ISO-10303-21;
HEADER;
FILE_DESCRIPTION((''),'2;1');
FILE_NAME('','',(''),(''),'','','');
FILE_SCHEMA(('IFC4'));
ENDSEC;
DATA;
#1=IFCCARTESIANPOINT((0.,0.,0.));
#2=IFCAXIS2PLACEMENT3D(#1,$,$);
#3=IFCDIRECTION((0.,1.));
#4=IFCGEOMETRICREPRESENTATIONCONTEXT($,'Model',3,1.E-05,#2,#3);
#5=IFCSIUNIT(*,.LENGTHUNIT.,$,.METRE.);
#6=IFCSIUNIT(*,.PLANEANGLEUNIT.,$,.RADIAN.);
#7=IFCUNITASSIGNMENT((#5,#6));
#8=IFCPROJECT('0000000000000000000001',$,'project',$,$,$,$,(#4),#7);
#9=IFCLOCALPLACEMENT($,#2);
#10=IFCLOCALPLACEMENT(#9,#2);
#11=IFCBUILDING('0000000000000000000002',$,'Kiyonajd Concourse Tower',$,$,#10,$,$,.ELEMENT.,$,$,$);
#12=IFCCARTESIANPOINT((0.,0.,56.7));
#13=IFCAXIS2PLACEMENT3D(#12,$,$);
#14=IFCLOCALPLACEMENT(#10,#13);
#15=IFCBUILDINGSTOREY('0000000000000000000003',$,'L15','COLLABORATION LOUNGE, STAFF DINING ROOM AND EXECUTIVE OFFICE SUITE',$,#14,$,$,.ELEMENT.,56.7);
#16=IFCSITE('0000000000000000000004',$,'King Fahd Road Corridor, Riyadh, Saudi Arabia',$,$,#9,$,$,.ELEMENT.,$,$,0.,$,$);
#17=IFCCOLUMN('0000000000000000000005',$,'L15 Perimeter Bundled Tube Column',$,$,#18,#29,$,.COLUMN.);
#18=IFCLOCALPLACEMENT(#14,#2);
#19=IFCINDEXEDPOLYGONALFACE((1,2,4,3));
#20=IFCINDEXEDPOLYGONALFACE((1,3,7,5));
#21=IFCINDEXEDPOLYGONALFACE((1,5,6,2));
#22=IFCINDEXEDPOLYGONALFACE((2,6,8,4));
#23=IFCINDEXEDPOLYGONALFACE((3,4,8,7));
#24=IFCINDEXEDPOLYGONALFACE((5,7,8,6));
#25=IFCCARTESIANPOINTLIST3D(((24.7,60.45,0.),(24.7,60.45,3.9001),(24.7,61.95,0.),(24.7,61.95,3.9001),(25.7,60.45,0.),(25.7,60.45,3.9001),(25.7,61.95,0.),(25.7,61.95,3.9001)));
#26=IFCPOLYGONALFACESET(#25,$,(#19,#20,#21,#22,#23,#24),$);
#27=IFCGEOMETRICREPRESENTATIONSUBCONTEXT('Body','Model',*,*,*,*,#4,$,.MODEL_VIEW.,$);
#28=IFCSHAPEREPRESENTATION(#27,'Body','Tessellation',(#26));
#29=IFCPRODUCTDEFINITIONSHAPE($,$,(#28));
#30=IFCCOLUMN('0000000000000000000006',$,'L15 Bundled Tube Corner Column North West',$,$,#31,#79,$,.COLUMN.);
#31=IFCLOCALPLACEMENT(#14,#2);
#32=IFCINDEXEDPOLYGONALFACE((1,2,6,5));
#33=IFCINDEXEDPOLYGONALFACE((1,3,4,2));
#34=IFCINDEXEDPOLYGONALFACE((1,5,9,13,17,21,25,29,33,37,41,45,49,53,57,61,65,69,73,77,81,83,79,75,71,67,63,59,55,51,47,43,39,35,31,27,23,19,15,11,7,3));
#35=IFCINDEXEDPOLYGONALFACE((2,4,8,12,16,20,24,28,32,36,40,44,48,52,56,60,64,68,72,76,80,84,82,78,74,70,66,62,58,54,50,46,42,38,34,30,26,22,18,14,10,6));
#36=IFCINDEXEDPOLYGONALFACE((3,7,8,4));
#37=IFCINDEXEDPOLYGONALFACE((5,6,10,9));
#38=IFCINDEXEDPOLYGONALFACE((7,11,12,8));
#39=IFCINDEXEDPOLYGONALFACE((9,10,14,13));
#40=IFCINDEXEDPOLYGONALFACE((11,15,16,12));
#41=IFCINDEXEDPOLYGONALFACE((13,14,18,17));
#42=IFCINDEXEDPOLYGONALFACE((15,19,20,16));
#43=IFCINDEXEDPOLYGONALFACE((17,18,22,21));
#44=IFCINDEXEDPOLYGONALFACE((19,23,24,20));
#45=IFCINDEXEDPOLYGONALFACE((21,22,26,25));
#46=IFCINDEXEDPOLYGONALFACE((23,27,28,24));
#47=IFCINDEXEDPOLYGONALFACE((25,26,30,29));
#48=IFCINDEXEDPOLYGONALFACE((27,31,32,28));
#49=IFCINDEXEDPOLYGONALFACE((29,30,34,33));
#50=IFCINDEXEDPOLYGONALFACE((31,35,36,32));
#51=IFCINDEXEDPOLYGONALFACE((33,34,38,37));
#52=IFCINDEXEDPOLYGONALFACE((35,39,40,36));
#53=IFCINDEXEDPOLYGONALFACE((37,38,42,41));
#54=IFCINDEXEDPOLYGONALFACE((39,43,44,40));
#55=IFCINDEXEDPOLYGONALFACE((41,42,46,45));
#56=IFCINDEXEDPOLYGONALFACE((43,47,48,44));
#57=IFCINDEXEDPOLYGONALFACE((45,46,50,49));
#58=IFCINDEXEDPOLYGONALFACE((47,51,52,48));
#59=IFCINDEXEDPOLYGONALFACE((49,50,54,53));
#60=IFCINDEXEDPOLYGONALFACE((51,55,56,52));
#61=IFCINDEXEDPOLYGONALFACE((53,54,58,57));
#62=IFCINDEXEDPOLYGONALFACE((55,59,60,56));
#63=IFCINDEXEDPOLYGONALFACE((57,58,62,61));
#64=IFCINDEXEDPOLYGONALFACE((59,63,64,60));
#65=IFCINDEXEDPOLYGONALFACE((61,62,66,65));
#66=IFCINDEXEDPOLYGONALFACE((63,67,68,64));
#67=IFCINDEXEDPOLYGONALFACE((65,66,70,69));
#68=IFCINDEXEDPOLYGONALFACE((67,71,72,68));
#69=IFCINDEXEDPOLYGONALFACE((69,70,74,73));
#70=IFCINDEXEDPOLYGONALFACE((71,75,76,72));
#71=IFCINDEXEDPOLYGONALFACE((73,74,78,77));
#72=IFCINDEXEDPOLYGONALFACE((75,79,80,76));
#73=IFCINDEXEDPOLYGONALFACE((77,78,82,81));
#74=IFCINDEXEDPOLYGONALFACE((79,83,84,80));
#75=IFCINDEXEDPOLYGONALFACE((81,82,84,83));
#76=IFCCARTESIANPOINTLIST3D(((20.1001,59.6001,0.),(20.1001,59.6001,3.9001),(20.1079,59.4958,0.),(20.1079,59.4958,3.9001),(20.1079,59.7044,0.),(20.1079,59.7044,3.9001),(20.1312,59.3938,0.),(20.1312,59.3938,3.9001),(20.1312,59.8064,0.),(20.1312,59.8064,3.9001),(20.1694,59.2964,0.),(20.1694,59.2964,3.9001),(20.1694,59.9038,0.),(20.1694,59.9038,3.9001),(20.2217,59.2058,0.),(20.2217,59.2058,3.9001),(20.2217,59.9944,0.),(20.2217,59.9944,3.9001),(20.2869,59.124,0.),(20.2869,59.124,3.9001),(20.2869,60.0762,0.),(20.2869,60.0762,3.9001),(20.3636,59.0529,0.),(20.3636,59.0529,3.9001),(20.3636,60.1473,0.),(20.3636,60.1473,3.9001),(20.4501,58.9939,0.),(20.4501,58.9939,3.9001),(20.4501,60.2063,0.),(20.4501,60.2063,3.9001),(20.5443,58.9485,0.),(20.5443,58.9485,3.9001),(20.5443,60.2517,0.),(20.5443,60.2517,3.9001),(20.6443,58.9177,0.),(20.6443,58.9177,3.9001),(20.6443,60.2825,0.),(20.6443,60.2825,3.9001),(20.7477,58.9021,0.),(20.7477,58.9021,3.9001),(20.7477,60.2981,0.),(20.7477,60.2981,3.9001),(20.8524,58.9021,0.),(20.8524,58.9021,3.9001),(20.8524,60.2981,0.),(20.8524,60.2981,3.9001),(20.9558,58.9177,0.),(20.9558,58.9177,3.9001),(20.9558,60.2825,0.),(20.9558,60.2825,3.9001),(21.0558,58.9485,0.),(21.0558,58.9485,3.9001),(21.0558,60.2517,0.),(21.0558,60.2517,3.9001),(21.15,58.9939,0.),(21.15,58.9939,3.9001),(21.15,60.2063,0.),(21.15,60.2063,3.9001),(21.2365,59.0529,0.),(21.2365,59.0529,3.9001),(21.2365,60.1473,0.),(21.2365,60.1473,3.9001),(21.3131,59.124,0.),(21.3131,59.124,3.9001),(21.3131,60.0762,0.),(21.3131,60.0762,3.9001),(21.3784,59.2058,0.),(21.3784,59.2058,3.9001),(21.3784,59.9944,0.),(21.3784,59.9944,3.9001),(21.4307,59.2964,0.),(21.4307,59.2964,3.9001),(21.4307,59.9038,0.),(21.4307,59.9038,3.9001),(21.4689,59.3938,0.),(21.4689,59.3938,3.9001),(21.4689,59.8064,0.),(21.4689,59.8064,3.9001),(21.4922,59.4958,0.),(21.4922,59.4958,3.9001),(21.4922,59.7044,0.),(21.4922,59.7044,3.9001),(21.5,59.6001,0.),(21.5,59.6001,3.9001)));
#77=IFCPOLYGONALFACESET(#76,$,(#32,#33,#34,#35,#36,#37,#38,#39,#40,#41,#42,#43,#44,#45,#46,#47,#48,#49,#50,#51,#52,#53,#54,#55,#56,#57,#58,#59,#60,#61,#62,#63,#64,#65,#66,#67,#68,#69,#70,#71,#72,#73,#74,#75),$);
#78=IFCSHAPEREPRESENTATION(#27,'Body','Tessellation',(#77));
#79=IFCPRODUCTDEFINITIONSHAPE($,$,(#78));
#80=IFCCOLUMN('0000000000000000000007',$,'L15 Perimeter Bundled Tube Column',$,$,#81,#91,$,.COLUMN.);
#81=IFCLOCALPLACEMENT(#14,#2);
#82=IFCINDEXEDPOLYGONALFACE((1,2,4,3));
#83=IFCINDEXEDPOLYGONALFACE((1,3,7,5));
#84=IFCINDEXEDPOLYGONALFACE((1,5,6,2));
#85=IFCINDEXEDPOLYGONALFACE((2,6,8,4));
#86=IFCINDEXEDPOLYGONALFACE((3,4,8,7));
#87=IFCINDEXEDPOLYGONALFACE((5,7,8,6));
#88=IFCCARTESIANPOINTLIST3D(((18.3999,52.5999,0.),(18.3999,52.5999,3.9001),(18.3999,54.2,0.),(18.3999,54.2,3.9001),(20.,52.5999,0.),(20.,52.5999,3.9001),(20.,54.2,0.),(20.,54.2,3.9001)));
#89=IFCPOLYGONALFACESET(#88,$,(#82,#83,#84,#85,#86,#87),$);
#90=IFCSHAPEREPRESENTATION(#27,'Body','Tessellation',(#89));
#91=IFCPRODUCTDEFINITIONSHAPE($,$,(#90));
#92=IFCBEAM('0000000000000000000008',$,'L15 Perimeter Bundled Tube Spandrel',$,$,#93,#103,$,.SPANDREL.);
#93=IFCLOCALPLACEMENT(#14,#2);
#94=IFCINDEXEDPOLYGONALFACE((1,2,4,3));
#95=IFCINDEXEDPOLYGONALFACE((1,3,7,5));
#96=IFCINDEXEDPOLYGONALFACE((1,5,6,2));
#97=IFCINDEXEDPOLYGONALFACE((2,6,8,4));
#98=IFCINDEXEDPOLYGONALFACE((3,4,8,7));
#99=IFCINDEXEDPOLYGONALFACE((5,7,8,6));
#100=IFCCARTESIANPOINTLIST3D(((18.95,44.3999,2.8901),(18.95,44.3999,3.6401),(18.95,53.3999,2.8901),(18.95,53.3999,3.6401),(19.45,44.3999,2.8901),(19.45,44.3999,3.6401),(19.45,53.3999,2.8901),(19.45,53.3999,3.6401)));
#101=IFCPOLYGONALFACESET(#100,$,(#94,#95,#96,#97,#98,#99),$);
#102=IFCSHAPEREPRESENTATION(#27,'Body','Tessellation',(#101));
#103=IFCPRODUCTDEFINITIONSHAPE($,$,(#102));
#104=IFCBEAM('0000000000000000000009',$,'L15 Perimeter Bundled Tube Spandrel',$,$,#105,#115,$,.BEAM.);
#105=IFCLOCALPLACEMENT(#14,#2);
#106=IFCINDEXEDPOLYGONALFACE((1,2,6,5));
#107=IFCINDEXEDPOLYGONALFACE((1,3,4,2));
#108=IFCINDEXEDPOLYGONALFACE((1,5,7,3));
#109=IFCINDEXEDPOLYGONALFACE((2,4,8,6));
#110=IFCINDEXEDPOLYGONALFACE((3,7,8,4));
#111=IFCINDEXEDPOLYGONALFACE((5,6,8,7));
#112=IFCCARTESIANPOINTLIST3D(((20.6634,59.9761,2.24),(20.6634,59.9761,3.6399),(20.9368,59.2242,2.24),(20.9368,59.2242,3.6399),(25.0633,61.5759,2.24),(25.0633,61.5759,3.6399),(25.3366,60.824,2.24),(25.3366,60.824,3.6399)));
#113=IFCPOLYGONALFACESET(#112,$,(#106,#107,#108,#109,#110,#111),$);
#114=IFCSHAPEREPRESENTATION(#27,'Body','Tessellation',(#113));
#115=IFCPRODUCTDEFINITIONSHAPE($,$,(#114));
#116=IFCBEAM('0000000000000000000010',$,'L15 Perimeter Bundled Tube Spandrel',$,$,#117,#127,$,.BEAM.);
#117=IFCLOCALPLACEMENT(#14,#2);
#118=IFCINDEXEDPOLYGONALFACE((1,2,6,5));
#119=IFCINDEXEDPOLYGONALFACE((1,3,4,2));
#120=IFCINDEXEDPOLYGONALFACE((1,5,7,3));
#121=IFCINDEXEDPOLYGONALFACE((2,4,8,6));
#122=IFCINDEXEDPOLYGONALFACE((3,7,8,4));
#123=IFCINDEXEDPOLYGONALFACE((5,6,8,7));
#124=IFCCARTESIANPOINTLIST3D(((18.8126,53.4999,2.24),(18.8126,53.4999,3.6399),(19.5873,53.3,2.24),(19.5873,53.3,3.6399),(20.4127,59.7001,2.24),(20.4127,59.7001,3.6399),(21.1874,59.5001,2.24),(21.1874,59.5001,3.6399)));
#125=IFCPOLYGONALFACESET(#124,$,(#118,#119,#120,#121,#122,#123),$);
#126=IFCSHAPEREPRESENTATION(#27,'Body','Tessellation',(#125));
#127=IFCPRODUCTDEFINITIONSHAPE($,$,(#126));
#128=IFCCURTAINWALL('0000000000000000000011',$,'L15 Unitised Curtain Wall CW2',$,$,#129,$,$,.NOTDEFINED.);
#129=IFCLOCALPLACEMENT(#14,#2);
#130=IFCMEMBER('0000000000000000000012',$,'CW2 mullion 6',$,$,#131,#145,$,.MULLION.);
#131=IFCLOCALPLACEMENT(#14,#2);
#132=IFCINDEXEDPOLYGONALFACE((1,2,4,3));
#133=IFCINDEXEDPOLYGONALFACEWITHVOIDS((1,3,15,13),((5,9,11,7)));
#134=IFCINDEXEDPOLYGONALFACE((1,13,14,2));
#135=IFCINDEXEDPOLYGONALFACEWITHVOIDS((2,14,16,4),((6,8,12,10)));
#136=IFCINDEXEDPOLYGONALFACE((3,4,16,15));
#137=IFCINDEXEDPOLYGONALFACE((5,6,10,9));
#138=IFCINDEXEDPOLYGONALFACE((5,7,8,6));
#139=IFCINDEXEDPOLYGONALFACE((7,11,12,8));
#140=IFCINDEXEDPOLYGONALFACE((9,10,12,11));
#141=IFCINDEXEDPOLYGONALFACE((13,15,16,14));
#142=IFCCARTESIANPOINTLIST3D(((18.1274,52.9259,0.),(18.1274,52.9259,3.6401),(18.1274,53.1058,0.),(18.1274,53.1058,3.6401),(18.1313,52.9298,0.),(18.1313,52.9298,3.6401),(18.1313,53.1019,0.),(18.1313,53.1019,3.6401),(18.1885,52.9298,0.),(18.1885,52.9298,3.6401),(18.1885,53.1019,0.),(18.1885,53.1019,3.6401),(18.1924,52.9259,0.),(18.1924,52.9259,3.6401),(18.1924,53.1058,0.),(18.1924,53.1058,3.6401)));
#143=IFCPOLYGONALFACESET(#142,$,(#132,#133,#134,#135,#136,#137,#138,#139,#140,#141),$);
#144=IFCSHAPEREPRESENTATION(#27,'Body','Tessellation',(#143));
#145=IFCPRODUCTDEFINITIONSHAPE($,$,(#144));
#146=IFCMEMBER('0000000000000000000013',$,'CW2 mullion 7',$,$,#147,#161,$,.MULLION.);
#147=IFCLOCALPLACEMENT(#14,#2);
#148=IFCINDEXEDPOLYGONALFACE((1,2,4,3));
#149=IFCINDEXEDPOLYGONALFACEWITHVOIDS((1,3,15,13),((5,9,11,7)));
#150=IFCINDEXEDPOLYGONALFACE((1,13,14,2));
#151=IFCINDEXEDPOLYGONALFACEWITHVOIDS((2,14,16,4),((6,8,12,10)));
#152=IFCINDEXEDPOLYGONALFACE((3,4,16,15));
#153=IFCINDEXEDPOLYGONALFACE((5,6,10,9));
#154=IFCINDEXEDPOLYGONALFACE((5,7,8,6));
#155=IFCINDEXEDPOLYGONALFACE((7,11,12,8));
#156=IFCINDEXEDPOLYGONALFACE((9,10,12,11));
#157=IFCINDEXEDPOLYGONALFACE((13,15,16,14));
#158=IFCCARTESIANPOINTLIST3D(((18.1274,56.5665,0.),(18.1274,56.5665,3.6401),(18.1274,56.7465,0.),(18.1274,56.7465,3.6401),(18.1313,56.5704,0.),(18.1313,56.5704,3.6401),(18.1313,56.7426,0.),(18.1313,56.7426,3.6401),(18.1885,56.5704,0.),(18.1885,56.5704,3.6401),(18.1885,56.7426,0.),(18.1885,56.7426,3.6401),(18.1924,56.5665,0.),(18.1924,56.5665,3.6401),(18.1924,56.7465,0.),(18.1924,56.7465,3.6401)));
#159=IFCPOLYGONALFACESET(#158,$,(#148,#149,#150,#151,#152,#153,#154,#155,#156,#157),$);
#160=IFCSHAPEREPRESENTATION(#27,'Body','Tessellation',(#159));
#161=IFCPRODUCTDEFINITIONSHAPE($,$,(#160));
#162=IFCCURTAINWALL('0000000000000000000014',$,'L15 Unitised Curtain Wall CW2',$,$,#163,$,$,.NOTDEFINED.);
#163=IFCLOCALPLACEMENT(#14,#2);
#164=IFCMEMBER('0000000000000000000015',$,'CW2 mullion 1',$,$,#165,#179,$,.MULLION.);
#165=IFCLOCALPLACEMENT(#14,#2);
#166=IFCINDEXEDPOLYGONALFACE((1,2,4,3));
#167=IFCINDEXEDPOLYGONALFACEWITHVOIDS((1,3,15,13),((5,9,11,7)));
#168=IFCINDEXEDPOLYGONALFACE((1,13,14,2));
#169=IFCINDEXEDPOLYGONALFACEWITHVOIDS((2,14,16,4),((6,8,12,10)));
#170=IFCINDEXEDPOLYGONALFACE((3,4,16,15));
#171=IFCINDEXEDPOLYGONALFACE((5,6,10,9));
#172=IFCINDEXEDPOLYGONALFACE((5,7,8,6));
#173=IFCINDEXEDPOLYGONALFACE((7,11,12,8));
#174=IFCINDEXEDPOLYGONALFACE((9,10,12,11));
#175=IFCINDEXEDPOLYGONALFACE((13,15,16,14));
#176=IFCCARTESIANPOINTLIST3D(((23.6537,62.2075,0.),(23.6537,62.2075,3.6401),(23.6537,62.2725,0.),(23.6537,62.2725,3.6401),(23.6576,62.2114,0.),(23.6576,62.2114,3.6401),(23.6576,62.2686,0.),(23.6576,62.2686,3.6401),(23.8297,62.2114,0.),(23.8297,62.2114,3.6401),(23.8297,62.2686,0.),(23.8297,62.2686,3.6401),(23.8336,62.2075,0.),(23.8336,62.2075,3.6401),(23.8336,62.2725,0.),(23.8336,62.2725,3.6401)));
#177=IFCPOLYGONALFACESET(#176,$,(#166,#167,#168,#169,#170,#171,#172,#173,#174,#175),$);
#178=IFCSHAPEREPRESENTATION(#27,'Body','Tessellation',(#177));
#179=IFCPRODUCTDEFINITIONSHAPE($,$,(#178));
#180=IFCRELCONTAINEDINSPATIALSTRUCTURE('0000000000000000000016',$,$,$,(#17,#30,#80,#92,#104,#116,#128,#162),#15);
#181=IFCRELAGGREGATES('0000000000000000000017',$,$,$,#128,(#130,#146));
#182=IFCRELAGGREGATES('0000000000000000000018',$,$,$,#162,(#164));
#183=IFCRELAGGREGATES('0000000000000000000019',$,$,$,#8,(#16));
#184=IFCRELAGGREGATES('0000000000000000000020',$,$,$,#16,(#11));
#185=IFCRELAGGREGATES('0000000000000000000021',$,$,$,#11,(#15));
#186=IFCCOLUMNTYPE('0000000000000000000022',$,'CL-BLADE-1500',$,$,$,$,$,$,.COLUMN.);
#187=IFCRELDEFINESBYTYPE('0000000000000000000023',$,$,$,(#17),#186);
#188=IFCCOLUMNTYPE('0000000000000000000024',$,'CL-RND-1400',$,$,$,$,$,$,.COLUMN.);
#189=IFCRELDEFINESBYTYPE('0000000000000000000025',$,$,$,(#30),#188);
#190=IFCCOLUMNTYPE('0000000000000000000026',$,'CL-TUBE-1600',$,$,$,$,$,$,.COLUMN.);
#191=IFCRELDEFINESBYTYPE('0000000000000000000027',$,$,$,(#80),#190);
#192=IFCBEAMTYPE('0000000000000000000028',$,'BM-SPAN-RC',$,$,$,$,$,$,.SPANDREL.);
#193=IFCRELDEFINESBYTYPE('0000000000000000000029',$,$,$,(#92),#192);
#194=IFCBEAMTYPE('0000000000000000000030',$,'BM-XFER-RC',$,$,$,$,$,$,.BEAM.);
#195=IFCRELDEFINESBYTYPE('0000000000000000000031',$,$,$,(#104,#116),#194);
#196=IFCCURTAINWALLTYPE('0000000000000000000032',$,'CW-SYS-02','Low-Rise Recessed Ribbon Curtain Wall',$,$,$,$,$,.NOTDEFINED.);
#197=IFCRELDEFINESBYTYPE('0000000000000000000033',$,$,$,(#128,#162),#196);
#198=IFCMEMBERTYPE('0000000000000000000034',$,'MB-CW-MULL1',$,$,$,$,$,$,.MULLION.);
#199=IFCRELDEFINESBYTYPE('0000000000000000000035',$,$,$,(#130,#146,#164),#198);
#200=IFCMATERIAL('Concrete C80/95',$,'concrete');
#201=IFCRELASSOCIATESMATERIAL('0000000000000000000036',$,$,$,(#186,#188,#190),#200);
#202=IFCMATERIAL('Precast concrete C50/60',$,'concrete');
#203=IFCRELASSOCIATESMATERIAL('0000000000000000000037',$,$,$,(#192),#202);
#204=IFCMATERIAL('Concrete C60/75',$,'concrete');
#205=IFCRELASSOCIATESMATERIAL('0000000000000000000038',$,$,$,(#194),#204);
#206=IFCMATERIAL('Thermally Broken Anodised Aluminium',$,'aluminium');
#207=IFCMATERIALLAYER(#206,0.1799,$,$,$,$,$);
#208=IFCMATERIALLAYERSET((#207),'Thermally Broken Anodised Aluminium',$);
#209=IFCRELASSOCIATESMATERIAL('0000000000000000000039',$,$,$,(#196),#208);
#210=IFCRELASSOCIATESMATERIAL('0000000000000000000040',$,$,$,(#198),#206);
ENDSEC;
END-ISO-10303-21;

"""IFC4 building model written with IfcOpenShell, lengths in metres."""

from ifc_helpers import new_model, si_unit, direction, frame, origin, origin_2d, place, context, subcontext, project, spatial, rectangle, hollow_rectangle, circle, extrude, material, layer, layer_set, material_profile, profile_set, type_object, element, aggregate, save


model = new_model("IFC4")

# Units and contexts
model_context = context("Model", 3, precision=1e-05, world=origin(), true_north=direction((0.0, 1.0)))
body_context = subcontext(model_context, "Body", "Model", "MODEL_VIEW")
ifc_project = project(units=[si_unit("LENGTHUNIT", "METRE"), si_unit("PLANEANGLEUNIT", "RADIAN")], contexts=[model_context])

# Site, building, storey
site_placement = place(None, origin())
site = spatial("IfcSite", under=ifc_project, at=site_placement, Name="King Fahd Road Corridor, Riyadh, Saudi Arabia", CompositionType="ELEMENT", RefElevation=0.0)
building_placement = place(site_placement, origin())
building = spatial("IfcBuilding", under=site, at=building_placement, Name="Kiyonajd Concourse Tower", CompositionType="ELEMENT")
storey_placement = place(building_placement, frame((0.0, 0.0, 56.7)))
storey = spatial("IfcBuildingStorey", under=building, at=storey_placement, Name="L15", Description="COLLABORATION LOUNGE, STAFF DINING ROOM AND EXECUTIVE OFFICE SUITE", CompositionType="ELEMENT", Elevation=56.7)

# Columns
ifc_material_1 = material(Name="Concrete C80/95", Category="concrete")
ifc_material_profile_1 = material_profile(ifc_material_1, rectangle(XDim=1.0, YDim=1.5, at=origin_2d()), Name="RC-1500x1000")
ifc_profile_set_1 = profile_set([ifc_material_profile_1], Name="Concrete C80/95")
column_type_1 = type_object("IfcColumnType", Name="CL-BLADE-1500", PredefinedType="COLUMN", material=ifc_profile_set_1)
column_1_placement = place(storey_placement, frame((25.2, 61.2, 0.0), z_axis=(0.0, 0.0, 1.0), x_axis=(1.0, 0.0, 0.0)))
element("IfcColumn", 1, at=column_1_placement, inside=storey, type_object=column_type_1, Name="L15 Perimeter Bundled Tube Column", PredefinedType="COLUMN", context=body_context, shape_type="SweptSolid", body=[
    extrude(rectangle(XDim=1.0, YDim=1.5, at=origin_2d()), origin(), (0.0, 0.0, 1.0), 3.9001),
])
ifc_material_profile_2 = material_profile(ifc_material_1, circle(Radius=0.7, at=origin_2d()), Name="RCC-D1400")
ifc_profile_set_2 = profile_set([ifc_material_profile_2], Name="Concrete C80/95")
column_type_2 = type_object("IfcColumnType", Name="CL-RND-1400", PredefinedType="COLUMN", material=ifc_profile_set_2)
column_2_placement = place(storey_placement, frame((20.8, 59.6001, 0.0), z_axis=(0.0, 0.0, 1.0), x_axis=(1.0, 0.0, 0.0)))
element("IfcColumn", 2, at=column_2_placement, inside=storey, type_object=column_type_2, Name="L15 Bundled Tube Corner Column North West", PredefinedType="COLUMN", context=body_context, shape_type="SweptSolid", body=[
    extrude(circle(Radius=0.7, at=origin_2d()), origin(), (0.0, 0.0, 1.0), 3.9001),
])
ifc_material_profile_3 = material_profile(ifc_material_1, rectangle(XDim=1.6001, YDim=1.6001, at=origin_2d()), Name="RC-1600x1600")
ifc_profile_set_3 = profile_set([ifc_material_profile_3], Name="Concrete C80/95")
column_type_3 = type_object("IfcColumnType", Name="CL-TUBE-1600", PredefinedType="COLUMN", material=ifc_profile_set_3)
column_3_placement = place(storey_placement, frame((19.2, 53.3999, 0.0), z_axis=(0.0, 0.0, 1.0), x_axis=(1.0, 0.0, 0.0)))
element("IfcColumn", 3, at=column_3_placement, inside=storey, type_object=column_type_3, Name="L15 Perimeter Bundled Tube Column", PredefinedType="COLUMN", context=body_context, shape_type="SweptSolid", body=[
    extrude(rectangle(XDim=1.6001, YDim=1.6001, at=origin_2d()), origin(), (0.0, 0.0, 1.0), 3.9001),
])

# Beams
ifc_material_2 = material(Name="Precast concrete C50/60", Category="concrete")
ifc_material_profile_4 = material_profile(ifc_material_2, rectangle(XDim=0.5, YDim=0.75, at=origin_2d()), Name="RCBM-500x750")
ifc_profile_set_4 = profile_set([ifc_material_profile_4], Name="Precast concrete C50/60")
beam_type_1 = type_object("IfcBeamType", Name="BM-SPAN-RC", PredefinedType="SPANDREL", material=ifc_profile_set_4)
beam_1_placement = place(storey_placement, frame((19.2, 53.3999, 3.2651), z_axis=(0.0, -1.0, 0.0), x_axis=(1.0, 0.0, 0.0)))
element("IfcBeam", 4, at=beam_1_placement, inside=storey, type_object=beam_type_1, Name="L15 Perimeter Bundled Tube Spandrel", PredefinedType="SPANDREL", context=body_context, shape_type="SweptSolid", body=[
    extrude(rectangle(XDim=0.5, YDim=0.75, at=origin_2d()), origin(), (0.0, 0.0, 1.0), 9.0),
])
ifc_material_3 = material(Name="Concrete C60/75", Category="concrete")
ifc_material_profile_5 = material_profile(ifc_material_3, rectangle(XDim=0.8, YDim=1.3999, at=origin_2d()), Name="RCBM-800x1400")
ifc_profile_set_5 = profile_set([ifc_material_profile_5], Name="Concrete C60/75")
beam_type_2 = type_object("IfcBeamType", Name="BM-XFER-RC", PredefinedType="BEAM", material=ifc_profile_set_5)
beam_2_placement = place(storey_placement, frame((25.2, 61.2, 2.9399), z_axis=(-0.939801, -0.341722, 0.0), x_axis=(0.341722, -0.939801, 0.0)))
element("IfcBeam", 5, at=beam_2_placement, inside=storey, type_object=beam_type_2, Name="L15 Perimeter Bundled Tube Spandrel", PredefinedType="BEAM", context=body_context, shape_type="SweptSolid", body=[
    extrude(rectangle(XDim=0.8, YDim=1.3999, at=origin_2d()), origin(), (0.0, 0.0, 1.0), 4.6816),
])
beam_3_placement = place(storey_placement, frame((20.8, 59.6001, 2.9399), z_axis=(-0.249885, -0.968276, 0.0), x_axis=(0.968276, -0.249885, 0.0)))
element("IfcBeam", 6, at=beam_3_placement, inside=storey, type_object=beam_type_2, Name="L15 Perimeter Bundled Tube Spandrel", PredefinedType="BEAM", context=body_context, shape_type="SweptSolid", body=[
    extrude(rectangle(XDim=0.8, YDim=1.3999, at=origin_2d()), origin(), (0.0, 0.0, 1.0), 6.4033),
])

# Curtain walls, members
ifc_material_4 = material(Name="Thermally Broken Anodised Aluminium", Category="aluminium")
ifc_layer_1 = layer(ifc_material_4, 0.1799)
ifc_layer_set_1 = layer_set([ifc_layer_1], Name="Thermally Broken Anodised Aluminium")
curtain_wall_type = type_object("IfcCurtainWallType", Name="CW-SYS-02", Description="Low-Rise Recessed Ribbon Curtain Wall", PredefinedType="NOTDEFINED", material=ifc_layer_set_1)
curtain_wall_1_placement = place(storey_placement, origin())
curtain_wall_1 = element("IfcCurtainWall", 7, at=curtain_wall_1_placement, inside=storey, type_object=curtain_wall_type, Name="L15 Unitised Curtain Wall CW2", PredefinedType="NOTDEFINED")
ifc_material_profile_6 = material_profile(ifc_material_4, hollow_rectangle(XDim=0.0649, YDim=0.1799, WallThickness=0.0039, at=origin_2d()), Name="MULL-65x180")
ifc_profile_set_6 = profile_set([ifc_material_profile_6], Name="Thermally Broken Anodised Aluminium")
member_type_1 = type_object("IfcMemberType", Name="MB-CW-MULL1", PredefinedType="MULLION", material=ifc_profile_set_6)
member_1_placement = place(storey_placement, frame((18.1599, 53.0159, 0.0), z_axis=(0.0, 0.0, 1.0), x_axis=(-1.0, 0.0, 0.0)))
member_1 = element("IfcMember", 8, at=member_1_placement, type_object=member_type_1, Name="CW2 mullion 6", PredefinedType="MULLION", context=body_context, shape_type="SweptSolid", body=[
    extrude(hollow_rectangle(XDim=0.0649, YDim=0.1799, WallThickness=0.0039, at=origin_2d()), origin(), (0.0, 0.0, 1.0), 3.6401),
])
member_2_placement = place(storey_placement, frame((18.1599, 56.6565, 0.0), z_axis=(0.0, 0.0, 1.0), x_axis=(-1.0, 0.0, 0.0)))
member_2 = element("IfcMember", 9, at=member_2_placement, type_object=member_type_1, Name="CW2 mullion 7", PredefinedType="MULLION", context=body_context, shape_type="SweptSolid", body=[
    extrude(hollow_rectangle(XDim=0.0649, YDim=0.1799, WallThickness=0.0039, at=origin_2d()), origin(), (0.0, 0.0, 1.0), 3.6401),
])
curtain_wall_2_placement = place(storey_placement, origin())
curtain_wall_2 = element("IfcCurtainWall", 10, at=curtain_wall_2_placement, inside=storey, type_object=curtain_wall_type, Name="L15 Unitised Curtain Wall CW2", PredefinedType="NOTDEFINED")
member_3_placement = place(storey_placement, frame((23.7437, 62.24, 0.0), z_axis=(0.0, 0.0, 1.0), x_axis=(0.0, 1.0, 0.0)))
member_3 = element("IfcMember", 11, at=member_3_placement, type_object=member_type_1, Name="CW2 mullion 1", PredefinedType="MULLION", context=body_context, shape_type="SweptSolid", body=[
    extrude(hollow_rectangle(XDim=0.0649, YDim=0.1799, WallThickness=0.0039, at=origin_2d()), origin(), (0.0, 0.0, 1.0), 3.6401),
])

aggregate(curtain_wall_1, [member_1, member_2])
aggregate(curtain_wall_2, [member_3])

save(model, "model.ifc")
